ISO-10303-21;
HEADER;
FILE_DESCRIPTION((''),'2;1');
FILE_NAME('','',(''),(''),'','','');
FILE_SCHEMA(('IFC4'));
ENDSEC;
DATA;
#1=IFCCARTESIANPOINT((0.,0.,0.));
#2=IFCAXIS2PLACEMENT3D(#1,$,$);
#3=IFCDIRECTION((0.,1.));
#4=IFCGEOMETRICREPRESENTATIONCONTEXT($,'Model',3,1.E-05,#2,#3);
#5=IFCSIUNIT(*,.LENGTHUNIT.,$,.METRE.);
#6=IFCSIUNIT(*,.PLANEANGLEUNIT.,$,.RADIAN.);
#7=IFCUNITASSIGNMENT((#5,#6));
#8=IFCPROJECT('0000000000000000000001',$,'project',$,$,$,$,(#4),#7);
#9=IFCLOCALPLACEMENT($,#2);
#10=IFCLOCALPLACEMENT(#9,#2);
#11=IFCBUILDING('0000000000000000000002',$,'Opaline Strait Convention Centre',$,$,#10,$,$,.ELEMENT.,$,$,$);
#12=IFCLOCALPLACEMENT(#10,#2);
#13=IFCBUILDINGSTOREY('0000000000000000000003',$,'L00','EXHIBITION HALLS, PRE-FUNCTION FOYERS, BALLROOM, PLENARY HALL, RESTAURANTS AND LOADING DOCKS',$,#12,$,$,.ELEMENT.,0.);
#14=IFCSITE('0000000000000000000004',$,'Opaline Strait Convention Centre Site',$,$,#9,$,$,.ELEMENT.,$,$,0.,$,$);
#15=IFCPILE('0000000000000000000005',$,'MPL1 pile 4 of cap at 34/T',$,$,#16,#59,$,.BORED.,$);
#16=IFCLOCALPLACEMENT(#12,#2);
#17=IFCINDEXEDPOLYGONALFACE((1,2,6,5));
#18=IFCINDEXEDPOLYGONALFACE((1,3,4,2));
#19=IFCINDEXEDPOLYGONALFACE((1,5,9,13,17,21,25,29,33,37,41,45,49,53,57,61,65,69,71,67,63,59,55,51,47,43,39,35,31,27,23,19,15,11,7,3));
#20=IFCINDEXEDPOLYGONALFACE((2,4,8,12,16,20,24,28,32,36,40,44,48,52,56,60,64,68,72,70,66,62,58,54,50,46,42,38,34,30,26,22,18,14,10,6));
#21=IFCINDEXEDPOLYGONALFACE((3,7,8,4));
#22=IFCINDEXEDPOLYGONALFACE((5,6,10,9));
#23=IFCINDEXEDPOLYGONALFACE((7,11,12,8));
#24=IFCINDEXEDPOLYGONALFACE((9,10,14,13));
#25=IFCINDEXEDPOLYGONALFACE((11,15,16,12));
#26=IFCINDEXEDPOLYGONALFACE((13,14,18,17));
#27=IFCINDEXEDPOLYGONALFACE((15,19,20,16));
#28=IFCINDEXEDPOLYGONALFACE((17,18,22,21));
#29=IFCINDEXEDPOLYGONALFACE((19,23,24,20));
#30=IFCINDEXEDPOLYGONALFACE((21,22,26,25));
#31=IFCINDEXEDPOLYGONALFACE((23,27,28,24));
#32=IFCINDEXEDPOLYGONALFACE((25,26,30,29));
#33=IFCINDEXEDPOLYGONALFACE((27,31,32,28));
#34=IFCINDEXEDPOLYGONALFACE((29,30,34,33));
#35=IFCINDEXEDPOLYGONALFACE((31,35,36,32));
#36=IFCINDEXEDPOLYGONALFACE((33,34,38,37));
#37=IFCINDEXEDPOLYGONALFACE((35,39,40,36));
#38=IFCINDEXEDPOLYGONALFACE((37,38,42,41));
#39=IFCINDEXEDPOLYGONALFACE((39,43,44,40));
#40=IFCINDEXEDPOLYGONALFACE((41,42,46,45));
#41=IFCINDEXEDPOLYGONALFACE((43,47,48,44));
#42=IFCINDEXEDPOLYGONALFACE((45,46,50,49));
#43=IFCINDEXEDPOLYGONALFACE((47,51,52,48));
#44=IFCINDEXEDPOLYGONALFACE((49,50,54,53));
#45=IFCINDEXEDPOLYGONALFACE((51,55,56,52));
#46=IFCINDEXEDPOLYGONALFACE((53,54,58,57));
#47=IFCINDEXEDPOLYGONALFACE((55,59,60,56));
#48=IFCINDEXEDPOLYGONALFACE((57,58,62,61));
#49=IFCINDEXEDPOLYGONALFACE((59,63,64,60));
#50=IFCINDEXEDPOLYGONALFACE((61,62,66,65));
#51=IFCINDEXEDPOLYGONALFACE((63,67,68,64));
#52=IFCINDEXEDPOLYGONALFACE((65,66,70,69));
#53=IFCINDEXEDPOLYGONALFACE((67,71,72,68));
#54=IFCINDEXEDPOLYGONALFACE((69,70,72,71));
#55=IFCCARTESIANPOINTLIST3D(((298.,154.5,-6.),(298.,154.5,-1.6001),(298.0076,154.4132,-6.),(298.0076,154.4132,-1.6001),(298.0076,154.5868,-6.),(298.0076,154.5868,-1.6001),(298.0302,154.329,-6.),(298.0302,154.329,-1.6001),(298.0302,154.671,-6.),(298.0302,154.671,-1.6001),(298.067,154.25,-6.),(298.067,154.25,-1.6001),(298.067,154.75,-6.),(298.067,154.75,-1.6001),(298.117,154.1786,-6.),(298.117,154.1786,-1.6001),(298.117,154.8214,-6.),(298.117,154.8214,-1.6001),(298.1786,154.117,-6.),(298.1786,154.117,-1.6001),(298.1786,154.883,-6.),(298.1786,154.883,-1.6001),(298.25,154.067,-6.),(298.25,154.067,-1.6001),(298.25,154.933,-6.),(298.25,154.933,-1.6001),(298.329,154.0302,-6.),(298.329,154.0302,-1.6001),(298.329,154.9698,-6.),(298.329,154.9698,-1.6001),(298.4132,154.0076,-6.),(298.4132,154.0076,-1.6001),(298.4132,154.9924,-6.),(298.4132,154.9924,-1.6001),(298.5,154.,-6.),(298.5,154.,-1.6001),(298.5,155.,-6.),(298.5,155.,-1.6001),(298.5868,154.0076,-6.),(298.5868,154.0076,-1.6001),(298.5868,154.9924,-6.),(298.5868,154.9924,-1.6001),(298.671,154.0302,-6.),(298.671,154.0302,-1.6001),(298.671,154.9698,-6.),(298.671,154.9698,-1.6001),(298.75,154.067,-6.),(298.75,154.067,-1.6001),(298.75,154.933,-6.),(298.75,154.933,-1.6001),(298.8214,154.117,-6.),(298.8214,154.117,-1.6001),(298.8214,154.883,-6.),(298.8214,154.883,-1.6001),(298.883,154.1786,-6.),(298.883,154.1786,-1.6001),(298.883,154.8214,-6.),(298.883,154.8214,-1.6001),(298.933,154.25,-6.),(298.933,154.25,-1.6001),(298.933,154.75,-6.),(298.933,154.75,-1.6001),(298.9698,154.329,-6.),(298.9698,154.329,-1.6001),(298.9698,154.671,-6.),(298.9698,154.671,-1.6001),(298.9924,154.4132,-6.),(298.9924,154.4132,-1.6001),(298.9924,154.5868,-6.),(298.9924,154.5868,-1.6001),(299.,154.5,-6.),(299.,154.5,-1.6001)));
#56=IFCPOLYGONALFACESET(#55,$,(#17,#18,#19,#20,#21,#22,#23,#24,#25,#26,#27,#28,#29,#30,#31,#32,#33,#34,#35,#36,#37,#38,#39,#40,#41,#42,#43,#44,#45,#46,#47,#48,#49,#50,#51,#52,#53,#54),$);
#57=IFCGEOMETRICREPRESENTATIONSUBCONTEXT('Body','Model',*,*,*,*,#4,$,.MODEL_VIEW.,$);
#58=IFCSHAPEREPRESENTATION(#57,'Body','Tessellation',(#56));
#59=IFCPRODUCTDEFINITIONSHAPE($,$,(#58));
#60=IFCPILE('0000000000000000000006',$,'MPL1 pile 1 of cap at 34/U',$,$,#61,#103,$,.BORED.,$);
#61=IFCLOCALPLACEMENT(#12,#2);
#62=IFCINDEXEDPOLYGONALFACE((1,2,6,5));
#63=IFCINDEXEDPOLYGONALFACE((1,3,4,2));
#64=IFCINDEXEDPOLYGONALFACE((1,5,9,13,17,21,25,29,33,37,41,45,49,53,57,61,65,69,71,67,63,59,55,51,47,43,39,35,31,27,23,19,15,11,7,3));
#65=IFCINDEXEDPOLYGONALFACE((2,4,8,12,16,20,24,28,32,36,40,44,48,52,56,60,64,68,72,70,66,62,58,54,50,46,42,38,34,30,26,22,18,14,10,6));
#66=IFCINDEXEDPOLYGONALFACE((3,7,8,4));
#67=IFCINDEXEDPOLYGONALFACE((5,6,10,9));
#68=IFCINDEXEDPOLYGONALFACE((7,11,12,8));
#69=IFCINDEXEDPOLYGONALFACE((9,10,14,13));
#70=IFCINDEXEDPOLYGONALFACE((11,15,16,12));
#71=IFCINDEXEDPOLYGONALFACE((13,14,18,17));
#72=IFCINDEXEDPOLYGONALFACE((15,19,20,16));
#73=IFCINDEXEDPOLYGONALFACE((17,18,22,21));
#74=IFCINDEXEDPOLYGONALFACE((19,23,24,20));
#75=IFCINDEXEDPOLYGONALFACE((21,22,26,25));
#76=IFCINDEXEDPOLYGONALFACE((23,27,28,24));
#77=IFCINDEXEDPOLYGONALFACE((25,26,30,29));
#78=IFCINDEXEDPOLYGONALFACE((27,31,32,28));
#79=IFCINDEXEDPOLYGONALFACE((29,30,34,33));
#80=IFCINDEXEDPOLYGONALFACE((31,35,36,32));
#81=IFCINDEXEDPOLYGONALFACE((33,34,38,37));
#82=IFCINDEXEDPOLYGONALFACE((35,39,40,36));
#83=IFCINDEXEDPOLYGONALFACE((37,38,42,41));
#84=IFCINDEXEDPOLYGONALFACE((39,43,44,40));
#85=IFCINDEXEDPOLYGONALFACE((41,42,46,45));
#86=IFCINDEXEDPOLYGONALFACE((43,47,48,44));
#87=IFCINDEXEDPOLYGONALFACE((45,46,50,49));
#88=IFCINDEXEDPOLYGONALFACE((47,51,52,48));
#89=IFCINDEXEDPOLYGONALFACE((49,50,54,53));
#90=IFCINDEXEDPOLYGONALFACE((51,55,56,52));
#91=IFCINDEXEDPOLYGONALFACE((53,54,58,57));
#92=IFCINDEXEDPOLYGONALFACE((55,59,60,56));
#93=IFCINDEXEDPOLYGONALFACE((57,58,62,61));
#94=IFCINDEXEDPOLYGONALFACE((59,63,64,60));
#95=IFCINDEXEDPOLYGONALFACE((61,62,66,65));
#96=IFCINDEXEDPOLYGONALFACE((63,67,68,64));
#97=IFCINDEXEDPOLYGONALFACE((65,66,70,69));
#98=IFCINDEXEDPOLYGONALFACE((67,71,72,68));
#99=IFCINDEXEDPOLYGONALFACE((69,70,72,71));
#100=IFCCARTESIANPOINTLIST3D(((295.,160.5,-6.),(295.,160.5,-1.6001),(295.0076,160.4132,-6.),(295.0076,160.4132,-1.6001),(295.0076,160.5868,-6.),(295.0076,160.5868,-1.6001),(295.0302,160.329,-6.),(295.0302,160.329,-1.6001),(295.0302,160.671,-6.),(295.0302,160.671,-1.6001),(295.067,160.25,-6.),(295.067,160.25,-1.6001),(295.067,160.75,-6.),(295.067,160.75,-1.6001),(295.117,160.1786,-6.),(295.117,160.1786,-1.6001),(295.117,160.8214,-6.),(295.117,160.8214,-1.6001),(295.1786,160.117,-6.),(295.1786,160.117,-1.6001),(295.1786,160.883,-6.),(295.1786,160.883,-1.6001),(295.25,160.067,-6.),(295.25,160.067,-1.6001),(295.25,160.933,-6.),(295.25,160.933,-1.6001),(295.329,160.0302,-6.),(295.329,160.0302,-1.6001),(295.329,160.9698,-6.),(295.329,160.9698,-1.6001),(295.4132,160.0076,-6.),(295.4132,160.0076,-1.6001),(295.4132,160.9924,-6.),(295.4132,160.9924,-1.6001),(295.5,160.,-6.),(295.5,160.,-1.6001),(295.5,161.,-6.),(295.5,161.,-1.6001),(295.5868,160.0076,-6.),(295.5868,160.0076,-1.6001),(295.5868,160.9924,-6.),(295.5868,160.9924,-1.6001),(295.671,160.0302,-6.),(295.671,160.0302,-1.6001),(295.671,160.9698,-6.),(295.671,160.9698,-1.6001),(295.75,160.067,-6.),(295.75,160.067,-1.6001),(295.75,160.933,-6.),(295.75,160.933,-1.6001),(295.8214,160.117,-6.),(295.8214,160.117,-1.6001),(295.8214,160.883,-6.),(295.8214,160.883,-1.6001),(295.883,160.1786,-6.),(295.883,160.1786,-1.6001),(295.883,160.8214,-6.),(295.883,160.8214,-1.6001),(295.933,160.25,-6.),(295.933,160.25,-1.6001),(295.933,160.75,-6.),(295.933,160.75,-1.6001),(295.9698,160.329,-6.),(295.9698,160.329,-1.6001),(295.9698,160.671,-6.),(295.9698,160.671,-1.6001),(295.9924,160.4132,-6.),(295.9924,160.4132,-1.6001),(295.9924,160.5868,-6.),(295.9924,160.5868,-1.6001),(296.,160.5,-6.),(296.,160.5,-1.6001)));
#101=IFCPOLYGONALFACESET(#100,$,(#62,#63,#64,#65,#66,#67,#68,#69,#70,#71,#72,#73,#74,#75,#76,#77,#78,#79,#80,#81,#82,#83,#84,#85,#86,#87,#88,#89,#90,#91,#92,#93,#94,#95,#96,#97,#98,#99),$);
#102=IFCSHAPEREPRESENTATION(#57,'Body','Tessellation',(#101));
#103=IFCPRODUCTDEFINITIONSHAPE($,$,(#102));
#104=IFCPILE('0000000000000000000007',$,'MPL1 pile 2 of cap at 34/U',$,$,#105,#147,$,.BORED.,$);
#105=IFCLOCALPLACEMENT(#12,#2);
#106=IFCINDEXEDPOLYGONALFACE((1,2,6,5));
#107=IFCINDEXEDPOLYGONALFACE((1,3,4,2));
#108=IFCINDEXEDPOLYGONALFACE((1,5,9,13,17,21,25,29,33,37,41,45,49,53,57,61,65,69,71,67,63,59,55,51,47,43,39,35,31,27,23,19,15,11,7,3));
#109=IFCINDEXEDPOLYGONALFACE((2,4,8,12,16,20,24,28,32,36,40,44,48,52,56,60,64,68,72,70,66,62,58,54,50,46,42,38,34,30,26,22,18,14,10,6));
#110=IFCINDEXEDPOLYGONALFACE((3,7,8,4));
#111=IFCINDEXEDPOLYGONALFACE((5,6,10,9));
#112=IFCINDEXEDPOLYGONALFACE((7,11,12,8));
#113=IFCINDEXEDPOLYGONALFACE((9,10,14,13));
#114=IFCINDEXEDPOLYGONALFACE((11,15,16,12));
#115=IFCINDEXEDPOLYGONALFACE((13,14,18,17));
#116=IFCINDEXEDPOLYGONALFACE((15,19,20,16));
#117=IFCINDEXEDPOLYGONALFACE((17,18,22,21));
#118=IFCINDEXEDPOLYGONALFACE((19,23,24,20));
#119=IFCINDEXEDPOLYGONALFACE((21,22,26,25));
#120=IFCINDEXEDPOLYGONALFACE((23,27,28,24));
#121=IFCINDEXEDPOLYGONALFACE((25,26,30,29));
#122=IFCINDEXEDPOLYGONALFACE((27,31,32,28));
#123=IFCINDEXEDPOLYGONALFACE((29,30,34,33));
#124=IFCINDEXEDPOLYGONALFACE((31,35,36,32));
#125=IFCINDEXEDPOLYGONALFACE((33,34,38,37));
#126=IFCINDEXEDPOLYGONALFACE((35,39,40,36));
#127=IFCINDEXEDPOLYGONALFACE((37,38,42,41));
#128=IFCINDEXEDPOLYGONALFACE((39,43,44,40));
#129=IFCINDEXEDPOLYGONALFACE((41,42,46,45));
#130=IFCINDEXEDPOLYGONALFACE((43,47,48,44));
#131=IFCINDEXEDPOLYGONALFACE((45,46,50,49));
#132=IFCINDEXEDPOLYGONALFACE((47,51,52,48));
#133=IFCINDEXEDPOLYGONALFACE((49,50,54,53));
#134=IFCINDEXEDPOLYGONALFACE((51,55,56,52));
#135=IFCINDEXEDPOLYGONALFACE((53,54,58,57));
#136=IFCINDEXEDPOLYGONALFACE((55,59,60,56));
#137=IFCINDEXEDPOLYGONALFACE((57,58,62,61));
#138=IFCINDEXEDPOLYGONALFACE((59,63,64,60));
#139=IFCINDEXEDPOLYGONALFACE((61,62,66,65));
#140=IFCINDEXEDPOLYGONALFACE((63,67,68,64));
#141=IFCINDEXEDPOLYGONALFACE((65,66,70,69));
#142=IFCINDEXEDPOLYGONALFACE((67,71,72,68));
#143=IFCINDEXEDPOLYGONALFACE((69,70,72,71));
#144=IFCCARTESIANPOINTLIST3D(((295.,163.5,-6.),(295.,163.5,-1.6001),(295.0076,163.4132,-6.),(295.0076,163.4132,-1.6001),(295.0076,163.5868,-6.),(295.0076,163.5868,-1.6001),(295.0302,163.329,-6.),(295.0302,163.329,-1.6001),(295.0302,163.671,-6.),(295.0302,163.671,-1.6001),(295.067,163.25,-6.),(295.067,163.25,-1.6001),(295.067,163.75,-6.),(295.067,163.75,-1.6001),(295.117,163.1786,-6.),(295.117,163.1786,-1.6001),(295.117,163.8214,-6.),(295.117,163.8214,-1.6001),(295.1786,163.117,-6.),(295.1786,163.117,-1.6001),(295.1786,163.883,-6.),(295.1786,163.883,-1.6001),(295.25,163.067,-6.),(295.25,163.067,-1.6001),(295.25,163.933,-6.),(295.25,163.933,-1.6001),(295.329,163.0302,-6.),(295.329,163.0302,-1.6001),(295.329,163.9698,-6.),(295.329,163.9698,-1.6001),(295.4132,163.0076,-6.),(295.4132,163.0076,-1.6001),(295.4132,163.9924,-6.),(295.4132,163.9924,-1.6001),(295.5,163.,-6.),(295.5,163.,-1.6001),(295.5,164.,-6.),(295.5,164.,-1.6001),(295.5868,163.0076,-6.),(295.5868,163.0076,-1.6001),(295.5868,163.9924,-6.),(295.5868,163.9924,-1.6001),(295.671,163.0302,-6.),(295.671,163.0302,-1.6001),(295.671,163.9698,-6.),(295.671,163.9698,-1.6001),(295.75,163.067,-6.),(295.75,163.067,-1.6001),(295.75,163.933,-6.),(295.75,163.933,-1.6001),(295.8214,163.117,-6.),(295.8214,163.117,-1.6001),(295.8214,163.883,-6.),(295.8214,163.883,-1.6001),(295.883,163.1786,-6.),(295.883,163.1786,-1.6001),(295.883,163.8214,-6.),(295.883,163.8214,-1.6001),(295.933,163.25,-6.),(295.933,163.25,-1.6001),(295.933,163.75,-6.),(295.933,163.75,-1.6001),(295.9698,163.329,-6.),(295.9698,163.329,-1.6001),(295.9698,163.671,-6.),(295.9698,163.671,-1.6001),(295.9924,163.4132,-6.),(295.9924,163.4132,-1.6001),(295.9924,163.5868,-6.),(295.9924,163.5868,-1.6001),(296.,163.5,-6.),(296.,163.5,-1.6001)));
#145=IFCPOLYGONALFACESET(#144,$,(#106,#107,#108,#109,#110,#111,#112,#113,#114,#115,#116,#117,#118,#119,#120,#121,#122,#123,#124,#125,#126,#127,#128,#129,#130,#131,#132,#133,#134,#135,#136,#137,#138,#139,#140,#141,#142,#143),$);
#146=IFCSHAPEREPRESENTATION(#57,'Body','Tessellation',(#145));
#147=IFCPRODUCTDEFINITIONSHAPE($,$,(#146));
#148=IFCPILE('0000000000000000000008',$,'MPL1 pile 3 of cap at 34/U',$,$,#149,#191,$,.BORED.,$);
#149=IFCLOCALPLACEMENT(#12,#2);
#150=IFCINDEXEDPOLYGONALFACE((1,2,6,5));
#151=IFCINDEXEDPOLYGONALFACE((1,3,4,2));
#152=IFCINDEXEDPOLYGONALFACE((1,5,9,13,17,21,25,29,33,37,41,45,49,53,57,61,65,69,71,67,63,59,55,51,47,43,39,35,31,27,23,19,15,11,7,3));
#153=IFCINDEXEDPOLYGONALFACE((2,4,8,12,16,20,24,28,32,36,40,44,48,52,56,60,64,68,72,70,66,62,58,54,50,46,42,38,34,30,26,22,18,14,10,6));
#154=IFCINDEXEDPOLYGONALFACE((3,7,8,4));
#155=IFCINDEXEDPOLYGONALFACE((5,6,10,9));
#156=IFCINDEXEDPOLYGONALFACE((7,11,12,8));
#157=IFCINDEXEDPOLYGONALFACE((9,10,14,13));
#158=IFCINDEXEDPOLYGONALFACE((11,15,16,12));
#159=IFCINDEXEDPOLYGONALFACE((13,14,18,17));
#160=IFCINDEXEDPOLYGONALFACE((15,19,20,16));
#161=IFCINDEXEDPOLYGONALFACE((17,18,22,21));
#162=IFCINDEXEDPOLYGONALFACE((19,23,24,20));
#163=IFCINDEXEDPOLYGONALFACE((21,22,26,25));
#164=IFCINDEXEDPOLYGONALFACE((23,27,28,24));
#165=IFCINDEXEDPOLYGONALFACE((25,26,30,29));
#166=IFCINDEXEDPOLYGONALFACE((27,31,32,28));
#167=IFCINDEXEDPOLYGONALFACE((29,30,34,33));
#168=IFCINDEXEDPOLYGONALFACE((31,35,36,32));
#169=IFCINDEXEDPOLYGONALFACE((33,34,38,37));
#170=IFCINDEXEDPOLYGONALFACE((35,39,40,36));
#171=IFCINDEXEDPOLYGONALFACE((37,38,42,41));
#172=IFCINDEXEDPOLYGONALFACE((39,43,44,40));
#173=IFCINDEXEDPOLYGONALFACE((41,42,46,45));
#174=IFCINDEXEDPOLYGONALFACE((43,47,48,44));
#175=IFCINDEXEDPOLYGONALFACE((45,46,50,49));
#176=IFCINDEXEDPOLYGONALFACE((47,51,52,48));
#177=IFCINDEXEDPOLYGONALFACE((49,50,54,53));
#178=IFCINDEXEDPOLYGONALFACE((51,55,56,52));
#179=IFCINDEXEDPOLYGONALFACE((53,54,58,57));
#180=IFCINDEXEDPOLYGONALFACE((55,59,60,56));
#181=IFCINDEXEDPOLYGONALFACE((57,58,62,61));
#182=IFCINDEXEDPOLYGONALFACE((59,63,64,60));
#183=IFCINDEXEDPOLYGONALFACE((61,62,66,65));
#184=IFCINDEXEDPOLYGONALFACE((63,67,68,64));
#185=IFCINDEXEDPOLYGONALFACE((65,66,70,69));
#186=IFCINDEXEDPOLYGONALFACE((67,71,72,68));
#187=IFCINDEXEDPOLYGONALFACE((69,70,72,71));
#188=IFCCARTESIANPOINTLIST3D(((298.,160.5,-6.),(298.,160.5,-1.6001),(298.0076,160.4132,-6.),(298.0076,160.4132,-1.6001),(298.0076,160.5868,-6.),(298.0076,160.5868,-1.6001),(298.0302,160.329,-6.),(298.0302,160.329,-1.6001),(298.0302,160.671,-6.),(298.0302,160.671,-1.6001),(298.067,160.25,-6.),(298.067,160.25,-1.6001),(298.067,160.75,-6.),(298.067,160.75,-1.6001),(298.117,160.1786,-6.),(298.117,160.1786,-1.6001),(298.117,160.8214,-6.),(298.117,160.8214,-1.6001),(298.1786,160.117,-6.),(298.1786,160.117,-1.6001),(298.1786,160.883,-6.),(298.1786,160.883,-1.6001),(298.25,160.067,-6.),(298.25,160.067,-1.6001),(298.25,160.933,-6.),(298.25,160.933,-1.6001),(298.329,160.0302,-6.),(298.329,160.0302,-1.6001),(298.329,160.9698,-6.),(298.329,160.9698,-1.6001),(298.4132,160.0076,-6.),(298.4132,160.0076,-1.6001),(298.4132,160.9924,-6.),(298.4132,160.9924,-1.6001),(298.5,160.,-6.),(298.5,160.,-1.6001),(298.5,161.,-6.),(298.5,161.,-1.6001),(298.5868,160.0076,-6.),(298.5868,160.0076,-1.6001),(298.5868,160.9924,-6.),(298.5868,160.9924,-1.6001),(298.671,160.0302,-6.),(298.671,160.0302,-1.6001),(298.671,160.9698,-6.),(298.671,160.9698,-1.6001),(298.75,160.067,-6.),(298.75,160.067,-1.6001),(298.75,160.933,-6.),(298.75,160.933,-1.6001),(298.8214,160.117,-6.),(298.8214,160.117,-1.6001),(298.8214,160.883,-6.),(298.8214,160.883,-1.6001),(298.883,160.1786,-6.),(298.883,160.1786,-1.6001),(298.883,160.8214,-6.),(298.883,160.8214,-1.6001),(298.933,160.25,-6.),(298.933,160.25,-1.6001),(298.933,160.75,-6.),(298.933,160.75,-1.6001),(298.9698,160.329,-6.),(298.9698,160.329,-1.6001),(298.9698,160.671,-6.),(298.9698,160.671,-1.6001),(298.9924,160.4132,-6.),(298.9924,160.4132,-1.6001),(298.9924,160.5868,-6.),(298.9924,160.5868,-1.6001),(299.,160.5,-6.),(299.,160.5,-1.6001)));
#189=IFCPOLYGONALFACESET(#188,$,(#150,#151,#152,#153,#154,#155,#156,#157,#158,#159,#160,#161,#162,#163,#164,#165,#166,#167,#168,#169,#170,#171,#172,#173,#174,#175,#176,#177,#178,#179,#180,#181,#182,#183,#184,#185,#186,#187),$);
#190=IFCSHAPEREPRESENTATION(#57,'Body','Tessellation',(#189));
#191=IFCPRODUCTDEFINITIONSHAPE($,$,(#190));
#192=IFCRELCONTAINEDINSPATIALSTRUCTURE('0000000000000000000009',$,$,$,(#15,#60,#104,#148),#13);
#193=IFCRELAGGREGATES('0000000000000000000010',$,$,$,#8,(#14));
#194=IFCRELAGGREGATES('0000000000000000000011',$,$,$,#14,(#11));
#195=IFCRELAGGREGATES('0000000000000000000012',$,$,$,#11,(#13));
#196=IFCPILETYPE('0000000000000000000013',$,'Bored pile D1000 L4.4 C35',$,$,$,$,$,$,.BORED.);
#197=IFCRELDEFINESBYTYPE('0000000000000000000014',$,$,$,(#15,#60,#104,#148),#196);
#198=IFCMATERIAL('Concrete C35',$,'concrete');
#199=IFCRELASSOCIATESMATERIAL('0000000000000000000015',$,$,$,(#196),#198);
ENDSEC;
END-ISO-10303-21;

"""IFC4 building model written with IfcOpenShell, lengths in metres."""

from ifc_helpers import new_model, si_unit, direction, frame, origin, origin_2d, place, context, subcontext, project, spatial, circle, extrude, material, material_profile, profile_set, type_object, element, save


model = new_model("IFC4")

# Units and contexts
model_context = context("Model", 3, precision=1e-05, world=origin(), true_north=direction((0.0, 1.0)))
body_context = subcontext(model_context, "Body", "Model", "MODEL_VIEW")
ifc_project = project(units=[si_unit("LENGTHUNIT", "METRE"), si_unit("PLANEANGLEUNIT", "RADIAN")], contexts=[model_context])

# Site, building, storey
site_placement = place(None, origin())
site = spatial("IfcSite", under=ifc_project, at=site_placement, Name="Opaline Strait Convention Centre Site", CompositionType="ELEMENT", RefElevation=0.0)
building_placement = place(site_placement, origin())
building = spatial("IfcBuilding", under=site, at=building_placement, Name="Opaline Strait Convention Centre", CompositionType="ELEMENT")
storey_placement = place(building_placement, origin())
storey = spatial("IfcBuildingStorey", under=building, at=storey_placement, Name="L00", Description="EXHIBITION HALLS, PRE-FUNCTION FOYERS, BALLROOM, PLENARY HALL, RESTAURANTS AND LOADING DOCKS", CompositionType="ELEMENT", Elevation=0.0)

# Piles
ifc_material_1 = material(Name="Concrete C35", Category="concrete")
ifc_material_profile_1 = material_profile(ifc_material_1, circle(Radius=0.5, at=origin_2d()), Name="D1000")
ifc_profile_set_1 = profile_set([ifc_material_profile_1], Name="Concrete C35")
pile_type = type_object("IfcPileType", Name="Bored pile D1000 L4.4 C35", PredefinedType="BORED", material=ifc_profile_set_1)
for number, where, z_axis, x_axis, name in (
    (1, (298.5, 154.5, -1.6001), (0.0, 0.0, -1.0), (1.0, 0.0, 0.0), "MPL1 pile 4 of cap at 34/T"),
    (2, (295.5, 160.5, -1.6001), (0.0, 0.0, -1.0), (1.0, 0.0, 0.0), "MPL1 pile 1 of cap at 34/U"),
    (3, (295.5, 163.5, -1.6001), (0.0, 0.0, -1.0), (1.0, 0.0, 0.0), "MPL1 pile 2 of cap at 34/U"),
    (4, (298.5, 160.5, -1.6001), (0.0, 0.0, -1.0), (1.0, 0.0, 0.0), "MPL1 pile 3 of cap at 34/U"),
):
    element("IfcPile", number, at=place(storey_placement, frame(where, z_axis=z_axis, x_axis=x_axis)), inside=storey, type_object=pile_type, Name=name, PredefinedType="BORED", context=body_context, shape_type="SweptSolid", body=[
        extrude(circle(Radius=0.5, at=origin_2d()), origin(), (0.0, 0.0, 1.0), 4.3999),
    ])

save(model, "model.ifc")
